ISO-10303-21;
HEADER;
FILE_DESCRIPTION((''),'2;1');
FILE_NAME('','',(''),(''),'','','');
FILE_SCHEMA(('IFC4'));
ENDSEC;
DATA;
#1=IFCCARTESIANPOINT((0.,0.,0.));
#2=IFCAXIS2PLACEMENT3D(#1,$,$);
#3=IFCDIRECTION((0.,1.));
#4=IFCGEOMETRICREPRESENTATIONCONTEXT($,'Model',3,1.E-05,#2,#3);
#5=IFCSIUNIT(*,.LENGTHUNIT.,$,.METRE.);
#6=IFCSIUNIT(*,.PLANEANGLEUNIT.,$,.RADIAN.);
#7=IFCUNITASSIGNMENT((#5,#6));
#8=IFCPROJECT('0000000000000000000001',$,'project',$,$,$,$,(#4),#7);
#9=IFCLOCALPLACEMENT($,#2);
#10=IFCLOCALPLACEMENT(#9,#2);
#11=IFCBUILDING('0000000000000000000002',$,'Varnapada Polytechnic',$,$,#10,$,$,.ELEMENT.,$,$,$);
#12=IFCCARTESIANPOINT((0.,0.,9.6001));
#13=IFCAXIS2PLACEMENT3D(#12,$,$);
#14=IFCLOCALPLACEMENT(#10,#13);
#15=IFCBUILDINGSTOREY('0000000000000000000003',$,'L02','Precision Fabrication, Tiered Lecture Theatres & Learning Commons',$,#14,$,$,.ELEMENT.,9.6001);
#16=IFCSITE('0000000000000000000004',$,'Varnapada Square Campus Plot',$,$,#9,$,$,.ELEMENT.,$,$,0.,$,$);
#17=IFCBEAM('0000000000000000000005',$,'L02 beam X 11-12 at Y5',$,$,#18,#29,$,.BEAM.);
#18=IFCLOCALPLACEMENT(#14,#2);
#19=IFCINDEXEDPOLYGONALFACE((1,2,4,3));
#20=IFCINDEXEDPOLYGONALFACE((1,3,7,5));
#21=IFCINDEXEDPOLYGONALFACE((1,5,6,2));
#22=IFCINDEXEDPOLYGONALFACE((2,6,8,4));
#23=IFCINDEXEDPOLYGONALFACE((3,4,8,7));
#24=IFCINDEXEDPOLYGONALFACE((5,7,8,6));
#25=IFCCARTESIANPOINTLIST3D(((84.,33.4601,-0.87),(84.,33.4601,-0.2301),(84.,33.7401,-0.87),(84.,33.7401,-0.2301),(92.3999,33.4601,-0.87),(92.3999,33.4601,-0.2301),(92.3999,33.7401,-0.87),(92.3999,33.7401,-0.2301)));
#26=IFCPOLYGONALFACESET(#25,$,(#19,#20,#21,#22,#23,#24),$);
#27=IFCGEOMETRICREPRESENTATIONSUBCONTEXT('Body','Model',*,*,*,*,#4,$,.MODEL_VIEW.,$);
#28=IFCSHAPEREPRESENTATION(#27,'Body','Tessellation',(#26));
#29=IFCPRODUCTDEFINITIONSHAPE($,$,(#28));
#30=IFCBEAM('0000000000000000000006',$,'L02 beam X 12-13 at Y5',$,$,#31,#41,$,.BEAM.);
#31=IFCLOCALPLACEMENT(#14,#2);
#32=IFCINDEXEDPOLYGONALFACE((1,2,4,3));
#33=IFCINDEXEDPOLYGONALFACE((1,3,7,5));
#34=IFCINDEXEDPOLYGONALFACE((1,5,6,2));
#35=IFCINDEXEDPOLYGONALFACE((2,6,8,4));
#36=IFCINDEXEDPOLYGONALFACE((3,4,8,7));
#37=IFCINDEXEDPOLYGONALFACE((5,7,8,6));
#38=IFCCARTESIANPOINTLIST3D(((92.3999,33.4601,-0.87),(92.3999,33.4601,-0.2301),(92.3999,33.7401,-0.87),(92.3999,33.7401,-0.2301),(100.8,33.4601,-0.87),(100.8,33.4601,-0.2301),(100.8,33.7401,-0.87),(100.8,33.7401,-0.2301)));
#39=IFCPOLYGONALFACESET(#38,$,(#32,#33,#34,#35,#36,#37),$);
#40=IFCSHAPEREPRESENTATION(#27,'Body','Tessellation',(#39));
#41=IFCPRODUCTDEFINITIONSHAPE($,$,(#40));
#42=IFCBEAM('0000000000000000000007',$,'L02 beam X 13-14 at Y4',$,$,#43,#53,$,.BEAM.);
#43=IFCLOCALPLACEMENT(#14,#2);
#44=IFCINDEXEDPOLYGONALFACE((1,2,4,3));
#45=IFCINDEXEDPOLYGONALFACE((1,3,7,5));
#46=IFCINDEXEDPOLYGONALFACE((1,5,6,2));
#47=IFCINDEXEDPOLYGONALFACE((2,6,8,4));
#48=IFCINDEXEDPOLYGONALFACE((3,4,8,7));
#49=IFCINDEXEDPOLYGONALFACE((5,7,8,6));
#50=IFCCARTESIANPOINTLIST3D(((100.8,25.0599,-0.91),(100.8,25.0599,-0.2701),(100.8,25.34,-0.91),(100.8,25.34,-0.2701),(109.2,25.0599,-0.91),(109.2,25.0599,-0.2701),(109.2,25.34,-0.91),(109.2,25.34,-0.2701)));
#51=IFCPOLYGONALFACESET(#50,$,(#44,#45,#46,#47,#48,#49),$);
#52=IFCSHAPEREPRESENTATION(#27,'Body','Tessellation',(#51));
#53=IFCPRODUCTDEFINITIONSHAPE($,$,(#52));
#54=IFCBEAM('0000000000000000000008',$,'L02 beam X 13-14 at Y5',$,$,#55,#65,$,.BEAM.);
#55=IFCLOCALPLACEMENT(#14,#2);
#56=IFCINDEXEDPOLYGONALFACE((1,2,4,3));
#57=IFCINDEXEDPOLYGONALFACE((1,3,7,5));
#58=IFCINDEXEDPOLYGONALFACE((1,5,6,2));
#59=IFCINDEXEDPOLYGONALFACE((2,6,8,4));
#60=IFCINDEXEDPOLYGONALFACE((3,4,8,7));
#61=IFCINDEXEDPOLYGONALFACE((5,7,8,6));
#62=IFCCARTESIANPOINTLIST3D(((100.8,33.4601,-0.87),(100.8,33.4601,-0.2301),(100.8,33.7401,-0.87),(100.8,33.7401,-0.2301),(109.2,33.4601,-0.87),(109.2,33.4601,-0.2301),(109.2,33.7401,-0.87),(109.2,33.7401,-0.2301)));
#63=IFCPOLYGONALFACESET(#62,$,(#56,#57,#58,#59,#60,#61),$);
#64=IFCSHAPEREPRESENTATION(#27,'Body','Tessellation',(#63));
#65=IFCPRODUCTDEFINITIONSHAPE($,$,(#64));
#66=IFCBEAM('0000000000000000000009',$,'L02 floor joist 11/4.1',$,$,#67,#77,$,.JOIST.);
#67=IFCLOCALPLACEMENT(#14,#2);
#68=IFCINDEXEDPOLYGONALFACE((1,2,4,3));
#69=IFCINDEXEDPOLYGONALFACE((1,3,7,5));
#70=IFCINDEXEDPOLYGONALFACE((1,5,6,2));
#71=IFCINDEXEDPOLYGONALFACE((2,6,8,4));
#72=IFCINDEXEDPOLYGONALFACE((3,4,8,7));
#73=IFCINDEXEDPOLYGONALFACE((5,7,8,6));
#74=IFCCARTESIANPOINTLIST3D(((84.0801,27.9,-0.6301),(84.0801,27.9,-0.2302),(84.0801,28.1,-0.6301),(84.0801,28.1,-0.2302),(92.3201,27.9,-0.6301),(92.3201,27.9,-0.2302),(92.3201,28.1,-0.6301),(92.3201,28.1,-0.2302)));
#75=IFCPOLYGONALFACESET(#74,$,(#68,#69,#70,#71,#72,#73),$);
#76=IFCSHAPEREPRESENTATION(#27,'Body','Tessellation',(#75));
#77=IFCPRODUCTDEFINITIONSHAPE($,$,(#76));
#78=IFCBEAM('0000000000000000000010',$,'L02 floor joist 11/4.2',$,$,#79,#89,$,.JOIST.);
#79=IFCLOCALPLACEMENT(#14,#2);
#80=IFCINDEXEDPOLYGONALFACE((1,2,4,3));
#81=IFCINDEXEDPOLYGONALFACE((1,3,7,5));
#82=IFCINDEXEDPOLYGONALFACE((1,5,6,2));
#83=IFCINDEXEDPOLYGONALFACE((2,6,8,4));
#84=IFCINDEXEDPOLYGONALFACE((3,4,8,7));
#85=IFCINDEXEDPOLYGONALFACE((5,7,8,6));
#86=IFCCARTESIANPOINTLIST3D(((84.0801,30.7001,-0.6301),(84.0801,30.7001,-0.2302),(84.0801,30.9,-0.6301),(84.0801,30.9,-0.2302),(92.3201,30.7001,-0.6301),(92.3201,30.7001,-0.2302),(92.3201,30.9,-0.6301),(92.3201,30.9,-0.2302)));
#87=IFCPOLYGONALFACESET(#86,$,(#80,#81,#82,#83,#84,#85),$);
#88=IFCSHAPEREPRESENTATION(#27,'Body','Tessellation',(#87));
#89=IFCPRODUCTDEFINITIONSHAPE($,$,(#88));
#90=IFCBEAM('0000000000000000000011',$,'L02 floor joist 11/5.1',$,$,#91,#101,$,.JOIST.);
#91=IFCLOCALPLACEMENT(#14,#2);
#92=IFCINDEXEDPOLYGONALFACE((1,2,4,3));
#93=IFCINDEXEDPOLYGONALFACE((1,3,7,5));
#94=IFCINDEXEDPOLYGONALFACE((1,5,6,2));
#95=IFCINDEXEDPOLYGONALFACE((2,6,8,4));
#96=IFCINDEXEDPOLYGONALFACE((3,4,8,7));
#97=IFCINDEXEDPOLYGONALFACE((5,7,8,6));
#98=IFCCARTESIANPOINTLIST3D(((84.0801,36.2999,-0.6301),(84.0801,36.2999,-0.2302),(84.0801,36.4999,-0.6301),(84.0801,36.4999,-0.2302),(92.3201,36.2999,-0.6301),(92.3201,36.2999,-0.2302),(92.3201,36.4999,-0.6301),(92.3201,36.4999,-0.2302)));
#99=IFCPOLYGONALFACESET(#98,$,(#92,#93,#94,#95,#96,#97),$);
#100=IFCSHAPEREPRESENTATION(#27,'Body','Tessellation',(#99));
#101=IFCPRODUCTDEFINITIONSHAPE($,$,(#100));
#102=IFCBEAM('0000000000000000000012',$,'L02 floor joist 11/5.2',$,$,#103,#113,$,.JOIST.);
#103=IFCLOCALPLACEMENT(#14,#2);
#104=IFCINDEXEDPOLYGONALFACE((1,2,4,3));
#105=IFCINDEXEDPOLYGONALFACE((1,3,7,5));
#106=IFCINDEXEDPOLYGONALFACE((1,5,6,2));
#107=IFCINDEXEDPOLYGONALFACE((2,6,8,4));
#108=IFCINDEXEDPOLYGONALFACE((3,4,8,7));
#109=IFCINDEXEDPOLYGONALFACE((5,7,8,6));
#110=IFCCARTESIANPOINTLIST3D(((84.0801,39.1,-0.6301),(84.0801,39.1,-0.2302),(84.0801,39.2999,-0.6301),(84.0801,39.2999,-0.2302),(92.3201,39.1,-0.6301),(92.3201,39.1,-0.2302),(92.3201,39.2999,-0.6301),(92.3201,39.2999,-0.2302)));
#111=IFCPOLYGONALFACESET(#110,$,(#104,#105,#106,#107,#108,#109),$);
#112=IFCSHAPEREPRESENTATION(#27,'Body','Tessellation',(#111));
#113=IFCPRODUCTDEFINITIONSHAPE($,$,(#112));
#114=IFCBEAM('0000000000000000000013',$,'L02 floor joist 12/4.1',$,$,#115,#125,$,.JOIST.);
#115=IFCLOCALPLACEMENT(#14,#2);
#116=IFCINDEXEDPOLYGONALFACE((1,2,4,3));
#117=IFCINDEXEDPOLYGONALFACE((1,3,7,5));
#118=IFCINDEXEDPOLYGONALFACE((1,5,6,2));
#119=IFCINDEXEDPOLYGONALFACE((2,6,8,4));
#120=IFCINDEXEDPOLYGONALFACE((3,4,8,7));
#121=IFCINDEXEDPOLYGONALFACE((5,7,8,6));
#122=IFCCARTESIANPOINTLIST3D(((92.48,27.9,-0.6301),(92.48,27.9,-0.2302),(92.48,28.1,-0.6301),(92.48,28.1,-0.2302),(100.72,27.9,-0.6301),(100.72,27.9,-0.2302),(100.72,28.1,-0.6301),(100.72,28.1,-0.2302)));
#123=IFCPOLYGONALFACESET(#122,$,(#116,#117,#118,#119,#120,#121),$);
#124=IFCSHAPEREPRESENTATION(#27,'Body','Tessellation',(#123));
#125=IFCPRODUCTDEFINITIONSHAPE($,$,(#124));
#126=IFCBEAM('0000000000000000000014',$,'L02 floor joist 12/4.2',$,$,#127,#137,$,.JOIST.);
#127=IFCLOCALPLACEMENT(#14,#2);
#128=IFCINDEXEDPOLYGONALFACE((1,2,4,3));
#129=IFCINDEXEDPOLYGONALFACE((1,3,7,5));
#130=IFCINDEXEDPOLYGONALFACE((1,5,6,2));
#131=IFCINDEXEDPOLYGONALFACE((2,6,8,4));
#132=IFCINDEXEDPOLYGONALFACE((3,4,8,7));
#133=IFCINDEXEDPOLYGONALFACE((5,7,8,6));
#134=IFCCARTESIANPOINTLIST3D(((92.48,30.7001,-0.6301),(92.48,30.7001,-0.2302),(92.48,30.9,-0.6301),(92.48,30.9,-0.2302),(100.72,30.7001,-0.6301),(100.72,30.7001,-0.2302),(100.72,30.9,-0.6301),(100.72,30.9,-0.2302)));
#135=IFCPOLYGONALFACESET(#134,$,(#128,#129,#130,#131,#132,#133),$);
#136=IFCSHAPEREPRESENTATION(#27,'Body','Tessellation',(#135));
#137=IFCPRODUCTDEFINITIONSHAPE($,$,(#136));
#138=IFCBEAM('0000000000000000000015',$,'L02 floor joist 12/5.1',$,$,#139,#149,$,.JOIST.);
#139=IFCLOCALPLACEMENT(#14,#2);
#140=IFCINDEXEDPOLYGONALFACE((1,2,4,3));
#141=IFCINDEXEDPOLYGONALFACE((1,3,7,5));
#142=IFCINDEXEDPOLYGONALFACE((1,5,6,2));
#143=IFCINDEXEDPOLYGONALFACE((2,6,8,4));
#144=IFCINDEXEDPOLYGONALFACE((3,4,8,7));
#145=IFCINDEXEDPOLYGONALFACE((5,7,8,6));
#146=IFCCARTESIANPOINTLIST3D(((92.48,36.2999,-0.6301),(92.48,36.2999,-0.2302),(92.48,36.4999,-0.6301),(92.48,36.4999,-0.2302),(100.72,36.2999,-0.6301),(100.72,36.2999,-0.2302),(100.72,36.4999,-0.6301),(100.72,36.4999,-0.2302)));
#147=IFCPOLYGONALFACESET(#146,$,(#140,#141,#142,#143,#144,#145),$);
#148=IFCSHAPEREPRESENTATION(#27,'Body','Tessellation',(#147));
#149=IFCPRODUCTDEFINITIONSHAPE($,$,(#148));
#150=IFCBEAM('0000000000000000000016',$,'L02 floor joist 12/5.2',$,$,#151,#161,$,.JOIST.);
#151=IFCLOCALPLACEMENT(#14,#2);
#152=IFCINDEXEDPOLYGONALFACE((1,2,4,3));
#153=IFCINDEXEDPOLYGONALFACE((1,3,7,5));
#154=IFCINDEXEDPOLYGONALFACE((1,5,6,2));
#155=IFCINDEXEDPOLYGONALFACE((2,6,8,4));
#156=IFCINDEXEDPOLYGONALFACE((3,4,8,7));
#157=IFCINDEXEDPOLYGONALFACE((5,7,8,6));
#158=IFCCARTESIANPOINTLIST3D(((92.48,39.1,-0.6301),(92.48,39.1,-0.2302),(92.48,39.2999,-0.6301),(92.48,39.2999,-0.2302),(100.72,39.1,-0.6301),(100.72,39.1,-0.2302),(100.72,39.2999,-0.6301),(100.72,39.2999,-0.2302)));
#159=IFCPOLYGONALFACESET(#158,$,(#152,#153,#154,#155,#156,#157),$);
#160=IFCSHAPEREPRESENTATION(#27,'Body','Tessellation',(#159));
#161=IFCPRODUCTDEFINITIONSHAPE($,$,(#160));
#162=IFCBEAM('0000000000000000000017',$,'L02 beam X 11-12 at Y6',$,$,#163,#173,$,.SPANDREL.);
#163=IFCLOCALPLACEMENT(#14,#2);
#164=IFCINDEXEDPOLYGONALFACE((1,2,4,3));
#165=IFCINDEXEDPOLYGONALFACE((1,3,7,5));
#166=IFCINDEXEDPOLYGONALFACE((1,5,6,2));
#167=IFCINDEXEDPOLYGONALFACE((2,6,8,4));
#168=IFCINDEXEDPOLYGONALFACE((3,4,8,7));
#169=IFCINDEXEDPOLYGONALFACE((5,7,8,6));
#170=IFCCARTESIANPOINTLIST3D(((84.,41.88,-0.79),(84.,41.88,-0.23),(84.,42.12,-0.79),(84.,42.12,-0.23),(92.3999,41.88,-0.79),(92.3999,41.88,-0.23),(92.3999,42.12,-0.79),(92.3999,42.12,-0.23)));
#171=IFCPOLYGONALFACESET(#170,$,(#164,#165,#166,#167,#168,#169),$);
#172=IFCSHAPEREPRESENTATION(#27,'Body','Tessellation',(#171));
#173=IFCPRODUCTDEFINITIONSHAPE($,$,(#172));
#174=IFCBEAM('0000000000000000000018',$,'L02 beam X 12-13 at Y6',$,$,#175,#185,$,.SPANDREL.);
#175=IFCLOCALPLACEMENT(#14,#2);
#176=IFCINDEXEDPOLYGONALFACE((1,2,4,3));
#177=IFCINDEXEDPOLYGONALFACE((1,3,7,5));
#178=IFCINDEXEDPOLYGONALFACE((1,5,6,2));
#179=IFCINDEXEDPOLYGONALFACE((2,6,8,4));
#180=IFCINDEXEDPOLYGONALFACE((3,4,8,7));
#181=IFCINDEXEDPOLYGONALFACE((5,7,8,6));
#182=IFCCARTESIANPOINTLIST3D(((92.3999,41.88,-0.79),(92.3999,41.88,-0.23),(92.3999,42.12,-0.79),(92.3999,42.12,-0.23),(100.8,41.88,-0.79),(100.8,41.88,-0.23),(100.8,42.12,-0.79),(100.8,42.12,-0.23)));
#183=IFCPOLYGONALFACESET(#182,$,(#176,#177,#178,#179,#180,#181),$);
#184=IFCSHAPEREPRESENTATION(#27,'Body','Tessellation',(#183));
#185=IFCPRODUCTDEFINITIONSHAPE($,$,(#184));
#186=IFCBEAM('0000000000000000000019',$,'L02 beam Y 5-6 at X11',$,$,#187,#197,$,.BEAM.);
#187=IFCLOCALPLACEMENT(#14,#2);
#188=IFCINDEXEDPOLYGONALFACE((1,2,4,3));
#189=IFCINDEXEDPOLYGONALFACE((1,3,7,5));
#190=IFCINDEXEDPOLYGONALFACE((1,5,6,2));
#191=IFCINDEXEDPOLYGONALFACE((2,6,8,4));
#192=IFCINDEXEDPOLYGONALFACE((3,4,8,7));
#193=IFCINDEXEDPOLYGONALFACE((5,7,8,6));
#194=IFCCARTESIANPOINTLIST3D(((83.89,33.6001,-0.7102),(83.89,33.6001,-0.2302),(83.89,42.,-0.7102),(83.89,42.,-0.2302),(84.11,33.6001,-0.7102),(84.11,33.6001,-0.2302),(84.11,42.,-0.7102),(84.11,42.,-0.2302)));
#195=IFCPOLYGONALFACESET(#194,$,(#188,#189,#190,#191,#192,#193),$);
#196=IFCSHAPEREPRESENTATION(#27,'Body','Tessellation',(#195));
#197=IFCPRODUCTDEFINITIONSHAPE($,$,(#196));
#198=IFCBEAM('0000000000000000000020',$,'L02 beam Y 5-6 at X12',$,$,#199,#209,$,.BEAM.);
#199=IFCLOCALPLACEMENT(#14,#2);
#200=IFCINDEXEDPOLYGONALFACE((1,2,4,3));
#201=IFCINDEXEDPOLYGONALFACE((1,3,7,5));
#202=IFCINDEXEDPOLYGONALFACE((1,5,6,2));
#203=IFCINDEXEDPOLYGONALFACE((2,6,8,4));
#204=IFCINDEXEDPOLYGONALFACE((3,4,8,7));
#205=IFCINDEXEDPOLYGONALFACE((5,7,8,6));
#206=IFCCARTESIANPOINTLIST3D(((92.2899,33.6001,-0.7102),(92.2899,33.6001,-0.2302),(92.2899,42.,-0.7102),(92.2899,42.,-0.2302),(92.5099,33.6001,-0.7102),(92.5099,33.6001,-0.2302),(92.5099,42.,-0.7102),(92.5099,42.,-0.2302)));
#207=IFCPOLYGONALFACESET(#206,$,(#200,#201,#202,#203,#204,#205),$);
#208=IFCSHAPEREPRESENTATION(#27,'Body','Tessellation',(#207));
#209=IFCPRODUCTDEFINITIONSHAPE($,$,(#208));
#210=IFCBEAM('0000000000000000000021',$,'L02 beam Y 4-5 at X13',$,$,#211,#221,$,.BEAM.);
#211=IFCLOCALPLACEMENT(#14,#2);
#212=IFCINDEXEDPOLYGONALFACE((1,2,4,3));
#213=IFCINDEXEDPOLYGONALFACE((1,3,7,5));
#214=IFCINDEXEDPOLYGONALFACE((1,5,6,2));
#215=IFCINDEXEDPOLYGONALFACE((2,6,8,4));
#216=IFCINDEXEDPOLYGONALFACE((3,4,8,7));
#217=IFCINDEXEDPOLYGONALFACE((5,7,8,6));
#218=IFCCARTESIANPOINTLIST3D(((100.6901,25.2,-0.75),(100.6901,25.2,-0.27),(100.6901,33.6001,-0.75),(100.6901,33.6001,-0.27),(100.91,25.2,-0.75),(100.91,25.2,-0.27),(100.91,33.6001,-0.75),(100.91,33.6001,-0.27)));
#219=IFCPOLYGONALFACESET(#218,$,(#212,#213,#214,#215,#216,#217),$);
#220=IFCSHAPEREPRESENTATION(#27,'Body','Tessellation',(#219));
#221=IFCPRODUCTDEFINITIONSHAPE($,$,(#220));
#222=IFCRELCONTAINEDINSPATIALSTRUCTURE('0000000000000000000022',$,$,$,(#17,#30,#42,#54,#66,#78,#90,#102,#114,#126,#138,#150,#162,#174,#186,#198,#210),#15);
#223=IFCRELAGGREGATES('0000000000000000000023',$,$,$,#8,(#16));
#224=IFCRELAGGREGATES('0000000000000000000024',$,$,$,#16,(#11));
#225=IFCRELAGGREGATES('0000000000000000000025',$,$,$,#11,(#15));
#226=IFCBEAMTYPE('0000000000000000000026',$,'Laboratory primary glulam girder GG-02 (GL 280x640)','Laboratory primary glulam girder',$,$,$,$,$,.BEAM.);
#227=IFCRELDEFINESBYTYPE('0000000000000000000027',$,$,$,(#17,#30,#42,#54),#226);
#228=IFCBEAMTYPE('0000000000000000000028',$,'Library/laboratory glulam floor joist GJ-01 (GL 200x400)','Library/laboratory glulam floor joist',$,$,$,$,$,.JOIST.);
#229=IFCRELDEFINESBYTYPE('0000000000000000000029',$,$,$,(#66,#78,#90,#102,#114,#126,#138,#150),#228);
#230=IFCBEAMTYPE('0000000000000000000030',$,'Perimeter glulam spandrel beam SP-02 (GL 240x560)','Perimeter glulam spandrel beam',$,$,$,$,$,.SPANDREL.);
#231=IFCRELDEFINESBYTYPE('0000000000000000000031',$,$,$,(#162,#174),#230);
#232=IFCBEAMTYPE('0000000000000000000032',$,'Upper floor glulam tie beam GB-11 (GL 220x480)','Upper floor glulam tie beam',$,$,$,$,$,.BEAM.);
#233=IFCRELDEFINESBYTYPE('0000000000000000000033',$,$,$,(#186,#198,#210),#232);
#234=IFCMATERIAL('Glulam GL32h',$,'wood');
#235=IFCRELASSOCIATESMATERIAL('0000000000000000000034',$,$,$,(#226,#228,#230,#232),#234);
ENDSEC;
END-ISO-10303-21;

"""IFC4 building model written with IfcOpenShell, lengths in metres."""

from ifc_helpers import new_model, si_unit, direction, frame, origin, origin_2d, place, context, subcontext, project, spatial, rectangle, extrude, material, material_profile, profile_set, type_object, element, save


model = new_model("IFC4")

# Units and contexts
model_context = context("Model", 3, precision=1e-05, world=origin(), true_north=direction((0.0, 1.0)))
body_context = subcontext(model_context, "Body", "Model", "MODEL_VIEW")
ifc_project = project(units=[si_unit("LENGTHUNIT", "METRE"), si_unit("PLANEANGLEUNIT", "RADIAN")], contexts=[model_context])

# Site, building, storey
site_placement = place(None, origin())
site = spatial("IfcSite", under=ifc_project, at=site_placement, Name="Varnapada Square Campus Plot", CompositionType="ELEMENT", RefElevation=0.0)
building_placement = place(site_placement, origin())
building = spatial("IfcBuilding", under=site, at=building_placement, Name="Varnapada Polytechnic", CompositionType="ELEMENT")
storey_placement = place(building_placement, frame((0.0, 0.0, 9.6001)))
storey = spatial("IfcBuildingStorey", under=building, at=storey_placement, Name="L02", Description="Precision Fabrication, Tiered Lecture Theatres & Learning Commons", CompositionType="ELEMENT", Elevation=9.6001)

# Beams
ifc_material_1 = material(Name="Glulam GL32h", Category="wood")
ifc_material_profile_1 = material_profile(ifc_material_1, rectangle(XDim=0.28, YDim=0.6399, at=origin_2d()), Name="GL 280x640")
ifc_profile_set_1 = profile_set([ifc_material_profile_1], Name="Glulam GL32h")
beam_type_1 = type_object("IfcBeamType", Name="Laboratory primary glulam girder GG-02 (GL 280x640)", Description="Laboratory primary glulam girder", PredefinedType="BEAM", material=ifc_profile_set_1)
beam_1_placement = place(storey_placement, frame((84.0, 33.6001, -0.55), z_axis=(1.0, 0.0, 0.0), x_axis=(0.0, 1.0, 0.0)))
element("IfcBeam", 1, at=beam_1_placement, inside=storey, type_object=beam_type_1, Name="L02 beam X 11-12 at Y5", PredefinedType="BEAM", context=body_context, shape_type="SweptSolid", body=[
    extrude(rectangle(XDim=0.28, YDim=0.6399, at=origin_2d()), origin(), (0.0, 0.0, 1.0), 8.3999),
])
beam_2_placement = place(storey_placement, frame((92.3999, 33.6001, -0.55), z_axis=(1.0, 0.0, 0.0), x_axis=(0.0, 1.0, 0.0)))
element("IfcBeam", 2, at=beam_2_placement, inside=storey, type_object=beam_type_1, Name="L02 beam X 12-13 at Y5", PredefinedType="BEAM", context=body_context, shape_type="SweptSolid", body=[
    extrude(rectangle(XDim=0.28, YDim=0.6399, at=origin_2d()), origin(), (0.0, 0.0, 1.0), 8.4001),
])
for number, where, z_axis, x_axis, name in (
    (3, (100.8, 25.2, -0.5901), (1.0, 0.0, 0.0), (0.0, 1.0, 0.0), "L02 beam X 13-14 at Y4"),
    (4, (100.8, 33.6001, -0.55), (1.0, 0.0, 0.0), (0.0, 1.0, 0.0), "L02 beam X 13-14 at Y5"),
):
    element("IfcBeam", number, at=place(storey_placement, frame(where, z_axis=z_axis, x_axis=x_axis)), inside=storey, type_object=beam_type_1, Name=name, PredefinedType="BEAM", context=body_context, shape_type="SweptSolid", body=[
        extrude(rectangle(XDim=0.28, YDim=0.6399, at=origin_2d()), origin(), (0.0, 0.0, 1.0), 8.3999),
    ])
ifc_material_profile_2 = material_profile(ifc_material_1, rectangle(XDim=0.2, YDim=0.3999, at=origin_2d()), Name="GL 200x400")
ifc_profile_set_2 = profile_set([ifc_material_profile_2], Name="Glulam GL32h")
beam_type_2 = type_object("IfcBeamType", Name="Library/laboratory glulam floor joist GJ-01 (GL 200x400)", Description="Library/laboratory glulam floor joist", PredefinedType="JOIST", material=ifc_profile_set_2)
for number, where, z_axis, x_axis, name in (
    (5, (84.0801, 28.0, -0.4302), (1.0, 0.0, 0.0), (0.0, 1.0, 0.0), "L02 floor joist 11/4.1"),
    (6, (84.0801, 30.8, -0.4302), (1.0, 0.0, 0.0), (0.0, 1.0, 0.0), "L02 floor joist 11/4.2"),
    (7, (84.0801, 36.3999, -0.4302), (1.0, 0.0, 0.0), (0.0, 1.0, 0.0), "L02 floor joist 11/5.1"),
    (8, (84.0801, 39.2, -0.4302), (1.0, 0.0, 0.0), (0.0, 1.0, 0.0), "L02 floor joist 11/5.2"),
    (9, (92.48, 28.0, -0.4302), (1.0, 0.0, 0.0), (0.0, 1.0, 0.0), "L02 floor joist 12/4.1"),
    (10, (92.48, 30.8, -0.4302), (1.0, 0.0, 0.0), (0.0, 1.0, 0.0), "L02 floor joist 12/4.2"),
    (11, (92.48, 36.3999, -0.4302), (1.0, 0.0, 0.0), (0.0, 1.0, 0.0), "L02 floor joist 12/5.1"),
    (12, (92.48, 39.2, -0.4302), (1.0, 0.0, 0.0), (0.0, 1.0, 0.0), "L02 floor joist 12/5.2"),
):
    element("IfcBeam", number, at=place(storey_placement, frame(where, z_axis=z_axis, x_axis=x_axis)), inside=storey, type_object=beam_type_2, Name=name, PredefinedType="JOIST", context=body_context, shape_type="SweptSolid", body=[
        extrude(rectangle(XDim=0.2, YDim=0.3999, at=origin_2d()), origin(), (0.0, 0.0, 1.0), 8.24),
    ])
ifc_material_profile_3 = material_profile(ifc_material_1, rectangle(XDim=0.24, YDim=0.5601, at=origin_2d()), Name="GL 240x560")
ifc_profile_set_3 = profile_set([ifc_material_profile_3], Name="Glulam GL32h")
beam_type_3 = type_object("IfcBeamType", Name="Perimeter glulam spandrel beam SP-02 (GL 240x560)", Description="Perimeter glulam spandrel beam", PredefinedType="SPANDREL", material=ifc_profile_set_3)
beam_3_placement = place(storey_placement, frame((84.0, 42.0, -0.51), z_axis=(1.0, 0.0, 0.0), x_axis=(0.0, 1.0, 0.0)))
element("IfcBeam", 13, at=beam_3_placement, inside=storey, type_object=beam_type_3, Name="L02 beam X 11-12 at Y6", PredefinedType="SPANDREL", context=body_context, shape_type="SweptSolid", body=[
    extrude(rectangle(XDim=0.24, YDim=0.5601, at=origin_2d()), origin(), (0.0, 0.0, 1.0), 8.3999),
])
beam_4_placement = place(storey_placement, frame((92.3999, 42.0, -0.51), z_axis=(1.0, 0.0, 0.0), x_axis=(0.0, 1.0, 0.0)))
element("IfcBeam", 14, at=beam_4_placement, inside=storey, type_object=beam_type_3, Name="L02 beam X 12-13 at Y6", PredefinedType="SPANDREL", context=body_context, shape_type="SweptSolid", body=[
    extrude(rectangle(XDim=0.24, YDim=0.5601, at=origin_2d()), origin(), (0.0, 0.0, 1.0), 8.4001),
])
ifc_material_profile_4 = material_profile(ifc_material_1, rectangle(XDim=0.22, YDim=0.48, at=origin_2d()), Name="GL 220x480")
ifc_profile_set_4 = profile_set([ifc_material_profile_4], Name="Glulam GL32h")
beam_type_4 = type_object("IfcBeamType", Name="Upper floor glulam tie beam GB-11 (GL 220x480)", Description="Upper floor glulam tie beam", PredefinedType="BEAM", material=ifc_profile_set_4)
for number, where, z_axis, x_axis, name in (
    (15, (84.0, 33.6001, -0.4702), (0.0, 1.0, 0.0), (-1.0, 0.0, 0.0), "L02 beam Y 5-6 at X11"),
    (16, (92.3999, 33.6001, -0.4702), (0.0, 1.0, 0.0), (-1.0, 0.0, 0.0), "L02 beam Y 5-6 at X12"),
):
    element("IfcBeam", number, at=place(storey_placement, frame(where, z_axis=z_axis, x_axis=x_axis)), inside=storey, type_object=beam_type_4, Name=name, PredefinedType="BEAM", context=body_context, shape_type="SweptSolid", body=[
        extrude(rectangle(XDim=0.22, YDim=0.48, at=origin_2d()), origin(), (0.0, 0.0, 1.0), 8.3999),
    ])
beam_5_placement = place(storey_placement, frame((100.8, 25.2, -0.51), z_axis=(0.0, 1.0, 0.0), x_axis=(-1.0, 0.0, 0.0)))
element("IfcBeam", 17, at=beam_5_placement, inside=storey, type_object=beam_type_4, Name="L02 beam Y 4-5 at X13", PredefinedType="BEAM", context=body_context, shape_type="SweptSolid", body=[
    extrude(rectangle(XDim=0.22, YDim=0.48, at=origin_2d()), origin(), (0.0, 0.0, 1.0), 8.4001),
])

save(model, "model.ifc")
